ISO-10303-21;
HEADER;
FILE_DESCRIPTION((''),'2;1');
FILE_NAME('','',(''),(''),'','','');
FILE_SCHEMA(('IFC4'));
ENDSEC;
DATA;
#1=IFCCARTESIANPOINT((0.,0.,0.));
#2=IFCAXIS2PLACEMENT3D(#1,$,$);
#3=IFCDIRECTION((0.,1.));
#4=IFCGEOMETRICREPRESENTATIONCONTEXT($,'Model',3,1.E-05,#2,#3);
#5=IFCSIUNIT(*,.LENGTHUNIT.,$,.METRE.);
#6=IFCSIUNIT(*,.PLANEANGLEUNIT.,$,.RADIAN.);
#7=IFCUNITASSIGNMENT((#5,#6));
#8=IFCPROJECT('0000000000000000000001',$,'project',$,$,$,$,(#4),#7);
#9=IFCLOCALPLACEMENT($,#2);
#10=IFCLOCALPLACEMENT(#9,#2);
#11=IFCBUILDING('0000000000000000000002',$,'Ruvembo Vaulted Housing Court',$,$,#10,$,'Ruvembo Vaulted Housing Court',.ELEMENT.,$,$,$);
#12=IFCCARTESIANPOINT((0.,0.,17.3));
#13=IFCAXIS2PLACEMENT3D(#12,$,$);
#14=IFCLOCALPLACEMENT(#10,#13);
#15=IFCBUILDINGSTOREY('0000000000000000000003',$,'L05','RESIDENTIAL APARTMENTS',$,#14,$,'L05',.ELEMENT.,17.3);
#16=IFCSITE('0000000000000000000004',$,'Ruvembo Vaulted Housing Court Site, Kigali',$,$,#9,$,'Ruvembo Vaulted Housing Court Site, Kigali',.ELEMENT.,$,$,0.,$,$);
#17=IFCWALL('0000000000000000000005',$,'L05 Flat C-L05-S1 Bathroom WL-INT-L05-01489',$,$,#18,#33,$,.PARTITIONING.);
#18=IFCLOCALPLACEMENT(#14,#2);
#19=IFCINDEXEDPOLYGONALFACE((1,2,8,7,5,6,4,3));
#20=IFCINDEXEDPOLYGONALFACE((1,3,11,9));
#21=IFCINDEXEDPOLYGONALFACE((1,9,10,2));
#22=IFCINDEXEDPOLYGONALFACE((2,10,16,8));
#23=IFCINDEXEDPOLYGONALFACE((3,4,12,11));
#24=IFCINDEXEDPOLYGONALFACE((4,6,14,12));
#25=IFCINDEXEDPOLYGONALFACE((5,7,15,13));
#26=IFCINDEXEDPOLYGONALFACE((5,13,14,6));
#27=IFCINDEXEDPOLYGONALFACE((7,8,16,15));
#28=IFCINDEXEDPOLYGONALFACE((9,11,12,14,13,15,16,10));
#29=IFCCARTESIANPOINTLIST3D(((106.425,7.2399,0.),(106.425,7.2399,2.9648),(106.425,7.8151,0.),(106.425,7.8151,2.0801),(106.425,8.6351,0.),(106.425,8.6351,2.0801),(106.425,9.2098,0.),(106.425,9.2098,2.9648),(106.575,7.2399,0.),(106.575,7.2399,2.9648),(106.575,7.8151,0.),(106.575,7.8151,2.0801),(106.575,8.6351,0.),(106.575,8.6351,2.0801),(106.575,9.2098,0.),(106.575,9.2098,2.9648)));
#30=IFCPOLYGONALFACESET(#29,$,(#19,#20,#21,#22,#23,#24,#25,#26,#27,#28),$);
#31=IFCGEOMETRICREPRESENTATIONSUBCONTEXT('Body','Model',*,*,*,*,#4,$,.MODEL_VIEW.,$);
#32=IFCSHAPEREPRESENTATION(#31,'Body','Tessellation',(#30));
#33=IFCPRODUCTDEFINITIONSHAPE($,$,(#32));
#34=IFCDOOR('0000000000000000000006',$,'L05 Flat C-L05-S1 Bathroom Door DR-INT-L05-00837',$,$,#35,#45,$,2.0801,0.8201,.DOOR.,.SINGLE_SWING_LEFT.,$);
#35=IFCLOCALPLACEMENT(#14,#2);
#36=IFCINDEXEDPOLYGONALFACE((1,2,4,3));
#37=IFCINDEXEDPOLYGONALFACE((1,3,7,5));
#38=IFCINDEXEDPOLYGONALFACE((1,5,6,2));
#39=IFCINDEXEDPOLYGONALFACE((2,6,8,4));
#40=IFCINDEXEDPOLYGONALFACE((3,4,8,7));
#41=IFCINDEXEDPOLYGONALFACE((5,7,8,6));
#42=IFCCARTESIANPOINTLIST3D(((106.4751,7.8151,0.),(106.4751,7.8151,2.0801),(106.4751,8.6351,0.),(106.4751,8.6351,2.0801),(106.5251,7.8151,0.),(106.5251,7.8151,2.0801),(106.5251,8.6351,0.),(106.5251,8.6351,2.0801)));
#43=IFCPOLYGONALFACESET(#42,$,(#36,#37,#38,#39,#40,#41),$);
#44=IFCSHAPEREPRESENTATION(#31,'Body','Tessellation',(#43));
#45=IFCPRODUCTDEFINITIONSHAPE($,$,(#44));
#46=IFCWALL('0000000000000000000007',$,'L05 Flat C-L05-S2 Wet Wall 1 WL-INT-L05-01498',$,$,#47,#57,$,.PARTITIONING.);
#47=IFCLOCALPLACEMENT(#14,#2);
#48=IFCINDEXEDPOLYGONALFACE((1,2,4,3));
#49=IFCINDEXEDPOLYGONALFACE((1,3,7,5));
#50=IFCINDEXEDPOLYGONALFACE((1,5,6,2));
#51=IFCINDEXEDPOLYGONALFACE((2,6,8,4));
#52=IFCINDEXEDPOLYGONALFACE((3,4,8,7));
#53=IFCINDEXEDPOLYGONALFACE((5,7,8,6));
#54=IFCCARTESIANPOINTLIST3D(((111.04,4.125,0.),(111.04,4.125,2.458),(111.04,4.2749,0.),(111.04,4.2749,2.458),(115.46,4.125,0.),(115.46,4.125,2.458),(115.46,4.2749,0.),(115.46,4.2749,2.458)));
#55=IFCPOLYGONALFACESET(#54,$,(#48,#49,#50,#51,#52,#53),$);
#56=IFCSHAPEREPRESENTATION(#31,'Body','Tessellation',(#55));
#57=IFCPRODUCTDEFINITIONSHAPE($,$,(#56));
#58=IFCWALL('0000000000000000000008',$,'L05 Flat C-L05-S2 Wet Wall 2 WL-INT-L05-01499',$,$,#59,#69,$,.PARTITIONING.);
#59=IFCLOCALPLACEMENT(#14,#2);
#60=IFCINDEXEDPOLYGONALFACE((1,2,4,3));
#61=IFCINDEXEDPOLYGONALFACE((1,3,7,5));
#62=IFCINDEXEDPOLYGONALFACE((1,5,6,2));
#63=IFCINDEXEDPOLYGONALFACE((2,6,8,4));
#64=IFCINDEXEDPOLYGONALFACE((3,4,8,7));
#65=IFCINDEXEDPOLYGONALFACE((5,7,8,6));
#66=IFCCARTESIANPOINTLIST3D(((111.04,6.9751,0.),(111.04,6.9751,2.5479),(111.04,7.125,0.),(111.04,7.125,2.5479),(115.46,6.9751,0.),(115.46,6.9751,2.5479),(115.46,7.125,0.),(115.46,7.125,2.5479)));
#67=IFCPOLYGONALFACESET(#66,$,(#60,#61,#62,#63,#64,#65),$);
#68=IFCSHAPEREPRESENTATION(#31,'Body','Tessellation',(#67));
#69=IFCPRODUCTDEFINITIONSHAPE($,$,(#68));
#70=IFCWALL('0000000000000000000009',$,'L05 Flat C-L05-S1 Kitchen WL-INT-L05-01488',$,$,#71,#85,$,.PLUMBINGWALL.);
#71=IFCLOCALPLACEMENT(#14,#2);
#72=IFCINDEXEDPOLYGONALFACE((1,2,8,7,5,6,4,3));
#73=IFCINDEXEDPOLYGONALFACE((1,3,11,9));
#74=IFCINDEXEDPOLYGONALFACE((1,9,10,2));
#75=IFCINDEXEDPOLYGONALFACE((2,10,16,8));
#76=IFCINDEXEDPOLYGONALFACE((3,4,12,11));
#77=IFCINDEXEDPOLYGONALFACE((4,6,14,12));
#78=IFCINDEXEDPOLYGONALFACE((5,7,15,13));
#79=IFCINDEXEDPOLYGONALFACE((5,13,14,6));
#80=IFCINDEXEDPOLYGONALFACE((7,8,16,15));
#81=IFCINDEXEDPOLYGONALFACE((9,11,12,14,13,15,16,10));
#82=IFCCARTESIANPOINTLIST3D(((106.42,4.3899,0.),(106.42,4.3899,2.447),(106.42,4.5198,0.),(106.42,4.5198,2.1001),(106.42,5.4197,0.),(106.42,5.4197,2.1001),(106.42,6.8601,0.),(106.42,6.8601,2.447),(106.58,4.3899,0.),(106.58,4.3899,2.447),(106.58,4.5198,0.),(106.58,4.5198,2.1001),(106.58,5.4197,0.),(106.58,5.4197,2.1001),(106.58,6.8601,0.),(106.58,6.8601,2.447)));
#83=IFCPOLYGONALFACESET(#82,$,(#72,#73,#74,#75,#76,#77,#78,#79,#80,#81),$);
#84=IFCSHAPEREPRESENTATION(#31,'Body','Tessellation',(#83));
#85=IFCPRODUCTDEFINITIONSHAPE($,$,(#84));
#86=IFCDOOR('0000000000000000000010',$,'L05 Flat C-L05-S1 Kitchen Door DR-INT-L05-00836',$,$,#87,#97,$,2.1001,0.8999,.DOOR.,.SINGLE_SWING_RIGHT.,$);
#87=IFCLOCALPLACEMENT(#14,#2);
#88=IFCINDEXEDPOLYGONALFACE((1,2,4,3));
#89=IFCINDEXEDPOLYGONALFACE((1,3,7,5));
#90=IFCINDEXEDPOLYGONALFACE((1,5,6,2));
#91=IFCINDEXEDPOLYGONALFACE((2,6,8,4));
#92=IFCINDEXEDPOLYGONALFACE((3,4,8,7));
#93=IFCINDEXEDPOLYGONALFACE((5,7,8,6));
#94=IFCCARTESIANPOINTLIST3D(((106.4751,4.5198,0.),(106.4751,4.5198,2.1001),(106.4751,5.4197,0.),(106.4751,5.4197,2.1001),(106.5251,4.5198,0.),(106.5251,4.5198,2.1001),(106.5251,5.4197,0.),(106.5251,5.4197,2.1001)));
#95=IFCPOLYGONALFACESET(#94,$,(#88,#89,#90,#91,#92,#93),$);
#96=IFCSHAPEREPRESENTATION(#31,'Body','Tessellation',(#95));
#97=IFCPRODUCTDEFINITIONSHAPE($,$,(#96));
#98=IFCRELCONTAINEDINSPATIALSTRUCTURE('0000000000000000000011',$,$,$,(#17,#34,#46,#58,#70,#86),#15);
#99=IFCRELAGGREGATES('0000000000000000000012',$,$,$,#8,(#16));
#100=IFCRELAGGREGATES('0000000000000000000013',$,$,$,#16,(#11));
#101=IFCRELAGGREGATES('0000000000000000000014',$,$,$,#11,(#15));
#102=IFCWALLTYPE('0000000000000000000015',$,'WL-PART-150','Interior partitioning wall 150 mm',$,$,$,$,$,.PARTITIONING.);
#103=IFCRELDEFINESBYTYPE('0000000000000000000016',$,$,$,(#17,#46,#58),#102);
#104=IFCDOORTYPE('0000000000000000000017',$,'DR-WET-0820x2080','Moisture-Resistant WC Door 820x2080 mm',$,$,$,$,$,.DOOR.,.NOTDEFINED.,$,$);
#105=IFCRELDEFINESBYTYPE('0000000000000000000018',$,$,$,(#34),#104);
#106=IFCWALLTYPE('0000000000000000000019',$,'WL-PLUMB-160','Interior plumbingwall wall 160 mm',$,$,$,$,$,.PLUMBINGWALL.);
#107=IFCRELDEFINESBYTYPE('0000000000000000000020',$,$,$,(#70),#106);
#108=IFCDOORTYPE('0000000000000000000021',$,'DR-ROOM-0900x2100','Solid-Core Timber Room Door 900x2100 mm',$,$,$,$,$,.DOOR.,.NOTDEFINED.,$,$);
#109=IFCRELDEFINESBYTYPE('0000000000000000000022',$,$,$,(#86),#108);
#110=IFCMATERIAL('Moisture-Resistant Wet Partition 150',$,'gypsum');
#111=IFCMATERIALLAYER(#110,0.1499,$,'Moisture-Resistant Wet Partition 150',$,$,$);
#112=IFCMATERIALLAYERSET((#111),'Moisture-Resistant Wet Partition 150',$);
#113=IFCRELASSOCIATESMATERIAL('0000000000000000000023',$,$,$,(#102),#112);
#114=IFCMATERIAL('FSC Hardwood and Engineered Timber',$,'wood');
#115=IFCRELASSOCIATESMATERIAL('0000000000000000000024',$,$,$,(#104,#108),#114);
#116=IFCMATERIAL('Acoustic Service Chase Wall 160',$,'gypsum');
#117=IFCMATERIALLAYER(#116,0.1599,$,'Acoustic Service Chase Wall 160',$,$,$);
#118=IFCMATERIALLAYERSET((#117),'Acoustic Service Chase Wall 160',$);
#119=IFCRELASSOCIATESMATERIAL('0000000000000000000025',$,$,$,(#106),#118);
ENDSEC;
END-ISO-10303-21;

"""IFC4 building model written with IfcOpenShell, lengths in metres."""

from ifc_helpers import new_model, si_unit, direction, frame, frame_2d, origin, place, context, subcontext, project, spatial, rectangle, extrude, material, layer, layer_set, type_object, element, fill, save


model = new_model("IFC4")

# Units and contexts
model_context = context("Model", 3, precision=1e-05, world=origin(), true_north=direction((0.0, 1.0)))
body_context = subcontext(model_context, "Body", "Model", "MODEL_VIEW")
ifc_project = project(units=[si_unit("LENGTHUNIT", "METRE"), si_unit("PLANEANGLEUNIT", "RADIAN")], contexts=[model_context])

# Site, building, storey
site_placement = place(None, origin())
site = spatial("IfcSite", under=ifc_project, at=site_placement, Name="Ruvembo Vaulted Housing Court Site, Kigali", LongName="Ruvembo Vaulted Housing Court Site, Kigali", CompositionType="ELEMENT", RefElevation=0.0)
building_placement = place(site_placement, origin())
building = spatial("IfcBuilding", under=site, at=building_placement, Name="Ruvembo Vaulted Housing Court", LongName="Ruvembo Vaulted Housing Court", CompositionType="ELEMENT")
storey_placement = place(building_placement, frame((0.0, 0.0, 17.3)))
storey = spatial("IfcBuildingStorey", under=building, at=storey_placement, Name="L05", Description="RESIDENTIAL APARTMENTS", LongName="L05", CompositionType="ELEMENT", Elevation=17.3)

# Shared definitions
ifc_material_1 = material(Name="FSC Hardwood and Engineered Timber", Category="wood")

# Wall, opening, door
ifc_material_2 = material(Name="Moisture-Resistant Wet Partition 150", Category="gypsum")
ifc_layer_1 = layer(ifc_material_2, 0.1499, Name="Moisture-Resistant Wet Partition 150")
ifc_layer_set_1 = layer_set([ifc_layer_1], Name="Moisture-Resistant Wet Partition 150")
wall_type_1 = type_object("IfcWallType", Name="WL-PART-150", Description="Interior partitioning wall 150 mm", PredefinedType="PARTITIONING", material=ifc_layer_set_1)
wall_1_placement = place(storey_placement, frame((106.5, 7.24, 0.0), z_axis=(0.0, 0.0, 1.0), x_axis=(0.0, 1.0, 0.0)))
wall_1 = element("IfcWall", 1, at=wall_1_placement, inside=storey, type_object=wall_type_1, Name="L05 Flat C-L05-S1 Bathroom WL-INT-L05-01489", PredefinedType="PARTITIONING", context=body_context, shape_type="SweptSolid", body=[
    extrude(rectangle(XDim=1.97, YDim=0.1499, at=frame_2d((0.9849, 0.0))), origin(), (0.0, 0.0, 1.0), 2.9648),
])
opening_1_placement = place(wall_1_placement, frame((0.575, 0.0, 0.0)))
opening_1 = element("IfcOpeningElement", 2, at=opening_1_placement, cuts=wall_1, PredefinedType="OPENING", context=body_context, shape_type="SweptSolid", body=[
    extrude(rectangle(XDim=0.8201, YDim=2.0801, at=frame_2d((0.4102, 1.04))), frame((0.0, 0.085, 0.0), z_axis=(0.0, -1.0, 0.0), x_axis=(1.0, 0.0, 0.0)), (0.0, 0.0, 1.0), 0.1699),
])
door_type_1 = type_object("IfcDoorType", Name="DR-WET-0820x2080", Description="Moisture-Resistant WC Door 820x2080 mm", OperationType="NOTDEFINED", PredefinedType="DOOR", material=ifc_material_1)
door_1_placement = place(opening_1_placement, origin())
door_1 = element("IfcDoor", 3, at=door_1_placement, inside=storey, type_object=door_type_1, Name="L05 Flat C-L05-S1 Bathroom Door DR-INT-L05-00837", OperationType="SINGLE_SWING_LEFT", OverallHeight=2.0801, OverallWidth=0.8201, PredefinedType="DOOR", context=body_context, shape_type="SweptSolid", body=[
    extrude(rectangle(XDim=0.8201, YDim=2.0801, at=frame_2d((0.4102, 1.04))), frame((0.0, 0.0249, 0.0), z_axis=(0.0, -1.0, 0.0), x_axis=(1.0, 0.0, 0.0)), (0.0, 0.0, 1.0), 0.05),
])
fill(opening_1, door_1)

# Walls
wall_2_placement = place(storey_placement, frame((111.04, 4.2, 0.0), z_axis=(0.0, 0.0, 1.0), x_axis=(1.0, 0.0, 0.0)))
element("IfcWall", 4, at=wall_2_placement, inside=storey, type_object=wall_type_1, Name="L05 Flat C-L05-S2 Wet Wall 1 WL-INT-L05-01498", PredefinedType="PARTITIONING", context=body_context, shape_type="SweptSolid", body=[
    extrude(rectangle(XDim=4.4199, YDim=0.1499, at=frame_2d((2.21, 0.0))), origin(), (0.0, 0.0, 1.0), 2.458),
])
wall_3_placement = place(storey_placement, frame((111.04, 7.05, 0.0), z_axis=(0.0, 0.0, 1.0), x_axis=(1.0, 0.0, 0.0)))
element("IfcWall", 5, at=wall_3_placement, inside=storey, type_object=wall_type_1, Name="L05 Flat C-L05-S2 Wet Wall 2 WL-INT-L05-01499", PredefinedType="PARTITIONING", context=body_context, shape_type="SweptSolid", body=[
    extrude(rectangle(XDim=4.4199, YDim=0.1499, at=frame_2d((2.21, 0.0))), origin(), (0.0, 0.0, 1.0), 2.5479),
])

# Wall, opening, door
ifc_material_3 = material(Name="Acoustic Service Chase Wall 160", Category="gypsum")
ifc_layer_2 = layer(ifc_material_3, 0.1599, Name="Acoustic Service Chase Wall 160")
ifc_layer_set_2 = layer_set([ifc_layer_2], Name="Acoustic Service Chase Wall 160")
wall_type_2 = type_object("IfcWallType", Name="WL-PLUMB-160", Description="Interior plumbingwall wall 160 mm", PredefinedType="PLUMBINGWALL", material=ifc_layer_set_2)
wall_4_placement = place(storey_placement, frame((106.5, 4.3899, 0.0), z_axis=(0.0, 0.0, 1.0), x_axis=(0.0, 1.0, 0.0)))
wall_4 = element("IfcWall", 6, at=wall_4_placement, inside=storey, type_object=wall_type_2, Name="L05 Flat C-L05-S1 Kitchen WL-INT-L05-01488", PredefinedType="PLUMBINGWALL", context=body_context, shape_type="SweptSolid", body=[
    extrude(rectangle(XDim=2.4702, YDim=0.1599, at=frame_2d((1.2351, 0.0))), origin(), (0.0, 0.0, 1.0), 2.447),
])
opening_2_placement = place(wall_4_placement, frame((0.1299, 0.0, 0.0)))
opening_2 = element("IfcOpeningElement", 7, at=opening_2_placement, cuts=wall_4, PredefinedType="OPENING", context=body_context, shape_type="SweptSolid", body=[
    extrude(rectangle(XDim=0.8999, YDim=2.1001, at=frame_2d((0.45, 1.05))), frame((0.0, 0.0898, 0.0), z_axis=(0.0, -1.0, 0.0), x_axis=(1.0, 0.0, 0.0)), (0.0, 0.0, 1.0), 0.1799),
])
door_type_2 = type_object("IfcDoorType", Name="DR-ROOM-0900x2100", Description="Solid-Core Timber Room Door 900x2100 mm", OperationType="NOTDEFINED", PredefinedType="DOOR", material=ifc_material_1)
door_2_placement = place(opening_2_placement, origin())
door_2 = element("IfcDoor", 8, at=door_2_placement, inside=storey, type_object=door_type_2, Name="L05 Flat C-L05-S1 Kitchen Door DR-INT-L05-00836", OperationType="SINGLE_SWING_RIGHT", OverallHeight=2.1001, OverallWidth=0.8999, PredefinedType="DOOR", context=body_context, shape_type="SweptSolid", body=[
    extrude(rectangle(XDim=0.8999, YDim=2.1001, at=frame_2d((0.45, 1.05))), frame((0.0, 0.0249, 0.0), z_axis=(0.0, -1.0, 0.0), x_axis=(1.0, 0.0, 0.0)), (0.0, 0.0, 1.0), 0.05),
])
fill(opening_2, door_2)

save(model, "model.ifc")
